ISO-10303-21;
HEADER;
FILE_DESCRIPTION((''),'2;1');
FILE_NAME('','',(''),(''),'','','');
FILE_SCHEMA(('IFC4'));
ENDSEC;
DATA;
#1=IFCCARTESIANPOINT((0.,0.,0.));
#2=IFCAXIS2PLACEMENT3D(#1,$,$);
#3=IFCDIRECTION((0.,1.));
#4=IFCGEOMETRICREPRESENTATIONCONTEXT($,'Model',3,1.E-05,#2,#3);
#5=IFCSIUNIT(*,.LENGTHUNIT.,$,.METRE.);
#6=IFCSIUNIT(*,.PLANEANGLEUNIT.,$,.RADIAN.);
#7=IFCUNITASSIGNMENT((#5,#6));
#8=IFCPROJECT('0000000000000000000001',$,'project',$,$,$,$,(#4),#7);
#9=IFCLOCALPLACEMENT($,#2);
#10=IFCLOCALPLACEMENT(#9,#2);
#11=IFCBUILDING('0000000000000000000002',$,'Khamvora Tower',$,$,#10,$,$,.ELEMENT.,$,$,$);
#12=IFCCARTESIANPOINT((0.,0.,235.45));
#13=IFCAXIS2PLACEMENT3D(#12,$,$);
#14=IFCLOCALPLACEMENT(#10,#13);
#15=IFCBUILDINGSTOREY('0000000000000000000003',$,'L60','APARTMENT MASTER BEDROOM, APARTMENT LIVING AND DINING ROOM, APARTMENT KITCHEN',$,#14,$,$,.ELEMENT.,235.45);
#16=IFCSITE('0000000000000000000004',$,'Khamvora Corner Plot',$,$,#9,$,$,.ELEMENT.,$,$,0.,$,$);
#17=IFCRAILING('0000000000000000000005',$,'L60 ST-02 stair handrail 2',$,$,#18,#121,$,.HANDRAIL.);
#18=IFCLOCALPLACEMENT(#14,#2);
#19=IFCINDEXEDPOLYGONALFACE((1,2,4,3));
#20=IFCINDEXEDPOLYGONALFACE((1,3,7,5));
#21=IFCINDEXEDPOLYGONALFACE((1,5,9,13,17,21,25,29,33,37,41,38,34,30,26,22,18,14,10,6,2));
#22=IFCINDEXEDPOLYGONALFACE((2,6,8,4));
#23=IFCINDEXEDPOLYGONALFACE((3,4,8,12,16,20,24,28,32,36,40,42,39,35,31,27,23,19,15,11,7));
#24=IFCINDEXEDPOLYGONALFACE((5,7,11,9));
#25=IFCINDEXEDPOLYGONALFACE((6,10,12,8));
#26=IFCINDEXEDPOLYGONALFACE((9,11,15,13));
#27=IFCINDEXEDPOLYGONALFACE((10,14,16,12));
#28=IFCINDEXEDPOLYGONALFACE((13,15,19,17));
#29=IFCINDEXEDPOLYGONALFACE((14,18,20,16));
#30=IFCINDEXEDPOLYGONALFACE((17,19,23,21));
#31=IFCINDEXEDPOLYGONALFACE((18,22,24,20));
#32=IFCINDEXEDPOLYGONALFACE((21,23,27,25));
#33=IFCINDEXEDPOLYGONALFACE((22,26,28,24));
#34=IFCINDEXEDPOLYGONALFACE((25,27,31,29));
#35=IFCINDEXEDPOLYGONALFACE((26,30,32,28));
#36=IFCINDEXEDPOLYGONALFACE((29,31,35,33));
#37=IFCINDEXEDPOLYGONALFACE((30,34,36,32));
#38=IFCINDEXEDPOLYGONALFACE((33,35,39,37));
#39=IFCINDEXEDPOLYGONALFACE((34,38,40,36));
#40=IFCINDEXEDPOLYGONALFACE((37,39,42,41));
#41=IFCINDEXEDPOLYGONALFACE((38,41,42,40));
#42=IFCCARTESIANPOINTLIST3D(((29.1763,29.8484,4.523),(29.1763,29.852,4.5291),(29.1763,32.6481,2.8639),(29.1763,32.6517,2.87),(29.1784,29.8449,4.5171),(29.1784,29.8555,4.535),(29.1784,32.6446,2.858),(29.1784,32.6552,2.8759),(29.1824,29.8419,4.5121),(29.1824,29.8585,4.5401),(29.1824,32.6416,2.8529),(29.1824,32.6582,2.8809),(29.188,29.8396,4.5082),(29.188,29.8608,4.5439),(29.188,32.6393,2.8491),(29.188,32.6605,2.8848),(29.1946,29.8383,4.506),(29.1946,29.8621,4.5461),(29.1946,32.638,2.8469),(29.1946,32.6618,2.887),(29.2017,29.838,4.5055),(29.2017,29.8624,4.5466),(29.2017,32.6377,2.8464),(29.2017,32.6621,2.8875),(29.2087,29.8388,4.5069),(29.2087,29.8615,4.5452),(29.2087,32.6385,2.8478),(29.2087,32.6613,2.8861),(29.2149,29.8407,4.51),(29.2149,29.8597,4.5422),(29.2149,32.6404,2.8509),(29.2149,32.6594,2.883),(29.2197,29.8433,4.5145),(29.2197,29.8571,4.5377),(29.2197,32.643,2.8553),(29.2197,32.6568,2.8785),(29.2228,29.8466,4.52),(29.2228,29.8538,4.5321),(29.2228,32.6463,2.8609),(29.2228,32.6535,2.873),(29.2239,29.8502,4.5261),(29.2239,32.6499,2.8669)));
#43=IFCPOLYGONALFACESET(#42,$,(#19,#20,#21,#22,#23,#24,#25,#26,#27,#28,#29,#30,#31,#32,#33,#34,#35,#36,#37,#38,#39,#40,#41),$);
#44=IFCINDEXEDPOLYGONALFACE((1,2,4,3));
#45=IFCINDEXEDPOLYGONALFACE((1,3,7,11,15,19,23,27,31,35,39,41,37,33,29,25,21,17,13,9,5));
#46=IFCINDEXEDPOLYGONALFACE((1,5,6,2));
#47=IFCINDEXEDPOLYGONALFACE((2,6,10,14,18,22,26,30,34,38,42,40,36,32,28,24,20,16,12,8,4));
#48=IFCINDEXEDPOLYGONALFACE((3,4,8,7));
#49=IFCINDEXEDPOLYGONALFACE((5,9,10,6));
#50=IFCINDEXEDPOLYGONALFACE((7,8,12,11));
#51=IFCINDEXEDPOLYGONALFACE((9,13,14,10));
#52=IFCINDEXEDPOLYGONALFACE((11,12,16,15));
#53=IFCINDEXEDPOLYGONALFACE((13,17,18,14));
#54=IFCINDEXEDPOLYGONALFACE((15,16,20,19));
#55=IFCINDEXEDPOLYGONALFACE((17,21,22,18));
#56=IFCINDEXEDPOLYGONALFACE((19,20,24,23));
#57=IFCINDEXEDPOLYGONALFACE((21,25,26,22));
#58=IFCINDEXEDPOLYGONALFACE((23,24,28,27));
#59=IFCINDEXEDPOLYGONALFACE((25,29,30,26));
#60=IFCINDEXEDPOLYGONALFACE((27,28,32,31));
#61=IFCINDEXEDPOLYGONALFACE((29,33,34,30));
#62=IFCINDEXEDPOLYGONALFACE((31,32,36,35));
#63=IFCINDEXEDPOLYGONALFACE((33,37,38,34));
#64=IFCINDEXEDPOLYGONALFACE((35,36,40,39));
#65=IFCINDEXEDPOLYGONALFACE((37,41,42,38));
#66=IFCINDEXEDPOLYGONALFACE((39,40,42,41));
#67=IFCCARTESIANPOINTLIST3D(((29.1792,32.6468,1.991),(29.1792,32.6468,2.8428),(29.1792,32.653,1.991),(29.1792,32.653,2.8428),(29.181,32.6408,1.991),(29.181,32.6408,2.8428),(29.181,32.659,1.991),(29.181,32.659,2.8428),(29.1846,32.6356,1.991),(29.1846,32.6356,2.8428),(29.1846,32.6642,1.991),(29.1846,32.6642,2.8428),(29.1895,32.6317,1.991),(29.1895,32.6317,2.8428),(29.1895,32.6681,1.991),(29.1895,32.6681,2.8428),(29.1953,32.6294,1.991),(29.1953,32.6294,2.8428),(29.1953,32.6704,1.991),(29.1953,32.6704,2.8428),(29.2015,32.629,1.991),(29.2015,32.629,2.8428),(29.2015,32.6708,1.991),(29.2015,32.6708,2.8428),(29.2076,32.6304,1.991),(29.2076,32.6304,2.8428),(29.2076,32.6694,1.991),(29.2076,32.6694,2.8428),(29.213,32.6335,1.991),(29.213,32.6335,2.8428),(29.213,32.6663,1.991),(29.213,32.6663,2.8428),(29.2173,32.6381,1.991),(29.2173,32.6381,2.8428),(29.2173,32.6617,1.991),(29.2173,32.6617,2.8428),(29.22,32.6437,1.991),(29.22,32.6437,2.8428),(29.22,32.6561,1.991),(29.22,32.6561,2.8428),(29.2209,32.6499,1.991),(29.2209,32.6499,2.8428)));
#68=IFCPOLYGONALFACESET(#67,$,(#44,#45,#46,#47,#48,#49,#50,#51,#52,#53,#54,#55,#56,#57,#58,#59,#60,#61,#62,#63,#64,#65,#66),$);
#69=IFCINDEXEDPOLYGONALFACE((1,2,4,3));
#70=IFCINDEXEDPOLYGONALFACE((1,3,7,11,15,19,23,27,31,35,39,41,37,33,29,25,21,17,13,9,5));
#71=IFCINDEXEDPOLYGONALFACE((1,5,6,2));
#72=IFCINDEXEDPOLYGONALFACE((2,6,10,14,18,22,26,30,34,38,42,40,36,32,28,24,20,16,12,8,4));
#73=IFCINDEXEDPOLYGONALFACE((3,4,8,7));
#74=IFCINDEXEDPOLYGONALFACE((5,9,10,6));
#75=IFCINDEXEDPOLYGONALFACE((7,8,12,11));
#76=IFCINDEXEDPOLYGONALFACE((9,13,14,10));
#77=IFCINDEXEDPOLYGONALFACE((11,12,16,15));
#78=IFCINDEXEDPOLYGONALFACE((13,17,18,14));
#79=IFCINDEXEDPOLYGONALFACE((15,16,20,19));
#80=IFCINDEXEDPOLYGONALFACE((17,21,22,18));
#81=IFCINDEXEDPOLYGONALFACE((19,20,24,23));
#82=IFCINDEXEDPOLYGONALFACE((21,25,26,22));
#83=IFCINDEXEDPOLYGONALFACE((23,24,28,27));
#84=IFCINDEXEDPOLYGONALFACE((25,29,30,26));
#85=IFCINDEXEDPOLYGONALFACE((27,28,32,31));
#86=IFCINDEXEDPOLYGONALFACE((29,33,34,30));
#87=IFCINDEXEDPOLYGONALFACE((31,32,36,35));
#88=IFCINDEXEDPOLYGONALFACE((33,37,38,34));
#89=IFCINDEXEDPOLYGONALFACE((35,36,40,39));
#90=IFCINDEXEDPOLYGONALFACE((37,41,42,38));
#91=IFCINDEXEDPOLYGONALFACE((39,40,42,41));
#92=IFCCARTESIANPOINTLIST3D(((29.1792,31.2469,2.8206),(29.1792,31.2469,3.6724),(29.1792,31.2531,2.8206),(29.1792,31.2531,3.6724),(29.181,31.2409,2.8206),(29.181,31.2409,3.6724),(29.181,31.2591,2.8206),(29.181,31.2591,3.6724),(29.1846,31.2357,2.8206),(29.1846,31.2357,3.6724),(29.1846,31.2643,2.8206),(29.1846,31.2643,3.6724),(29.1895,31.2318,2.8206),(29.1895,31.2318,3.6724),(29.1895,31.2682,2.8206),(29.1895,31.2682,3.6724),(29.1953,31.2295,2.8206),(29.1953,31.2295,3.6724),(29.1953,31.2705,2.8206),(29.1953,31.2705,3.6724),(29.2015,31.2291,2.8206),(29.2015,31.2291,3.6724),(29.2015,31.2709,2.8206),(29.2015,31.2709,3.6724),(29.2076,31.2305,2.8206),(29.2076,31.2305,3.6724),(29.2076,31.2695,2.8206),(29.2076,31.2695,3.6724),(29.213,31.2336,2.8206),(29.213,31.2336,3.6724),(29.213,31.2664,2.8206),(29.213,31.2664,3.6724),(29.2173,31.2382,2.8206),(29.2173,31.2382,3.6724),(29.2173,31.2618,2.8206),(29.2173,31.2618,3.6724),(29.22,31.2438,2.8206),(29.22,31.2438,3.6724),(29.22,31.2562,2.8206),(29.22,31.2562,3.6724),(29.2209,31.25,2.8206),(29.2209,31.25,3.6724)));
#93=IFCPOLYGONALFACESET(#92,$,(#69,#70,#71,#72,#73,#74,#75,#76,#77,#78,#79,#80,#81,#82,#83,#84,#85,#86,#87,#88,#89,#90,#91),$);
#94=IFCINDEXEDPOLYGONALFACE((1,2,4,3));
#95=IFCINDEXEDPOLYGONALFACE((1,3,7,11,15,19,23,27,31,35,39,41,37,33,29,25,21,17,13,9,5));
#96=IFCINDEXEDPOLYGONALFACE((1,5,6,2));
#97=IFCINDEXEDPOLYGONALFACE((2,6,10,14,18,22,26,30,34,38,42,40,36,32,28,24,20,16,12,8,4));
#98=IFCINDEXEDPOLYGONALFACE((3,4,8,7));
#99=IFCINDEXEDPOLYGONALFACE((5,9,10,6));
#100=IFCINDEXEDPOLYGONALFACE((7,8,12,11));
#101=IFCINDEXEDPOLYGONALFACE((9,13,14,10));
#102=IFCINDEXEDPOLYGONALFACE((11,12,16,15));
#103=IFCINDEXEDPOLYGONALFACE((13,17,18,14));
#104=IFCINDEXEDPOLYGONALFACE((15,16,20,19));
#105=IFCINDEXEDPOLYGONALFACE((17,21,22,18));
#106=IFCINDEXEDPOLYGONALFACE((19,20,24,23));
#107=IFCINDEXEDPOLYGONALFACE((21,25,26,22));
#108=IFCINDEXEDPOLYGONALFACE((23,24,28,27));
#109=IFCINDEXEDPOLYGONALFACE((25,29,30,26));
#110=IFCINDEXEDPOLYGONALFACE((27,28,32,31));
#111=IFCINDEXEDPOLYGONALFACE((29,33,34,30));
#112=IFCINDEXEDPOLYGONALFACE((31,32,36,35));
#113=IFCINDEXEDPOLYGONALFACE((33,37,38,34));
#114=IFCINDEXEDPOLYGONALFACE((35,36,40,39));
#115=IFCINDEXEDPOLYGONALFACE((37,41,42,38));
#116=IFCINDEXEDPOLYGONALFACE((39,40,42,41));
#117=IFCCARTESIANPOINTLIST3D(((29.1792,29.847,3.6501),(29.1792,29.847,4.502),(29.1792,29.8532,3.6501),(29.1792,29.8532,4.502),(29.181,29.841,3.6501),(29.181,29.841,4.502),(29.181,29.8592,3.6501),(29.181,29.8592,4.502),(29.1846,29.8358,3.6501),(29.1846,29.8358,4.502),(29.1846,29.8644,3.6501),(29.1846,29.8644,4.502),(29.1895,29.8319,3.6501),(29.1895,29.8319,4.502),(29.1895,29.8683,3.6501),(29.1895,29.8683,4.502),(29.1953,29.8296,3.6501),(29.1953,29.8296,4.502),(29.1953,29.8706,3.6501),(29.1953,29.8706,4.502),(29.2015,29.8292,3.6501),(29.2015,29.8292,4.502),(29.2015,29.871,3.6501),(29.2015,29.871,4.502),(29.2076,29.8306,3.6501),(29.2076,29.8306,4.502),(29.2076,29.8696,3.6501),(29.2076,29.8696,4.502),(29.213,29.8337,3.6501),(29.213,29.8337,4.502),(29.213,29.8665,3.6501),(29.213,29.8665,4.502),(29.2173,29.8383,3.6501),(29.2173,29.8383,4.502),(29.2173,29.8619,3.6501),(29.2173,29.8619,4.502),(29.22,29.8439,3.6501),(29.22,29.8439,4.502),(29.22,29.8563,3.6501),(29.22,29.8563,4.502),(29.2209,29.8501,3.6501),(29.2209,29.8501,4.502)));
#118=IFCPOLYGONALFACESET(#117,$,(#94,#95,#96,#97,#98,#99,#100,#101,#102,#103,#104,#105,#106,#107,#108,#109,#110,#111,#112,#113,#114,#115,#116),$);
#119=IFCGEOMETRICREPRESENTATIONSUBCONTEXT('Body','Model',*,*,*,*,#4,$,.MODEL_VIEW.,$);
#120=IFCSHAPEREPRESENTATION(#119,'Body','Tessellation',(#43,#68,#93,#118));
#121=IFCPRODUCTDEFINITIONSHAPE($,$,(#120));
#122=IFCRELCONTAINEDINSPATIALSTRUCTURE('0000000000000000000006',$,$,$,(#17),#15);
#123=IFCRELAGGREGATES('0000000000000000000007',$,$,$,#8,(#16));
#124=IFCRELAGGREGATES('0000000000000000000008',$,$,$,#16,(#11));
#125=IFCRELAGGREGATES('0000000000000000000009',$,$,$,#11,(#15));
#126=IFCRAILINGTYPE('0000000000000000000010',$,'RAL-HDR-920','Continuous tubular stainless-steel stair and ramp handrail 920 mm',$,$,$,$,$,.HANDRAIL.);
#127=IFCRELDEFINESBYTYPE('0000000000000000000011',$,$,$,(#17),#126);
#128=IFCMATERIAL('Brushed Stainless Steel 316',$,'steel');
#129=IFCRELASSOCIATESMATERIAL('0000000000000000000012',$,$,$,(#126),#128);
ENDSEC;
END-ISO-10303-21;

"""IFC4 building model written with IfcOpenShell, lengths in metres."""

from ifc_helpers import new_model, si_unit, direction, frame, origin, origin_2d, place, context, subcontext, project, spatial, circle, extrude, material, type_object, element, save


model = new_model("IFC4")

# Units and contexts
model_context = context("Model", 3, precision=1e-05, world=origin(), true_north=direction((0.0, 1.0)))
body_context = subcontext(model_context, "Body", "Model", "MODEL_VIEW")
ifc_project = project(units=[si_unit("LENGTHUNIT", "METRE"), si_unit("PLANEANGLEUNIT", "RADIAN")], contexts=[model_context])

# Site, building, storey
site_placement = place(None, origin())
site = spatial("IfcSite", under=ifc_project, at=site_placement, Name="Khamvora Corner Plot", CompositionType="ELEMENT", RefElevation=0.0)
building_placement = place(site_placement, origin())
building = spatial("IfcBuilding", under=site, at=building_placement, Name="Khamvora Tower", CompositionType="ELEMENT")
storey_placement = place(building_placement, frame((0.0, 0.0, 235.45)))
storey = spatial("IfcBuildingStorey", under=building, at=storey_placement, Name="L60", Description="APARTMENT MASTER BEDROOM, APARTMENT LIVING AND DINING ROOM, APARTMENT KITCHEN", CompositionType="ELEMENT", Elevation=235.45)

# Railing
ifc_material_1 = material(Name="Brushed Stainless Steel 316", Category="steel")
railing_type_1 = type_object("IfcRailingType", Name="RAL-HDR-920", Description="Continuous tubular stainless-steel stair and ramp handrail 920 mm", PredefinedType="HANDRAIL", material=ifc_material_1)
railing_1_placement = place(storey_placement, frame((29.2, 32.6499, 1.991)))
element("IfcRailing", 1, at=railing_1_placement, inside=storey, type_object=railing_type_1, Name="L60 ST-02 stair handrail 2", PredefinedType="HANDRAIL", context=body_context, shape_type="SweptSolid", body=[
    extrude(circle(Radius=0.0239, at=origin_2d()), frame((0.0, 0.0, 0.876), z_axis=(0.0, -0.860287, 0.509811), x_axis=(1.0, 0.0, 0.0)), (0.0, 0.0, 1.0), 3.2544),
    extrude(circle(Radius=0.021, at=origin_2d()), origin(), (0.0, 0.0, 1.0), 0.8518),
    extrude(circle(Radius=0.021, at=origin_2d()), frame((0.0, -1.3999, 0.8296)), (0.0, 0.0, 1.0), 0.8518),
    extrude(circle(Radius=0.021, at=origin_2d()), frame((0.0, -2.7998, 1.6592)), (0.0, 0.0, 1.0), 0.8518),
])

save(model, "model.ifc")
